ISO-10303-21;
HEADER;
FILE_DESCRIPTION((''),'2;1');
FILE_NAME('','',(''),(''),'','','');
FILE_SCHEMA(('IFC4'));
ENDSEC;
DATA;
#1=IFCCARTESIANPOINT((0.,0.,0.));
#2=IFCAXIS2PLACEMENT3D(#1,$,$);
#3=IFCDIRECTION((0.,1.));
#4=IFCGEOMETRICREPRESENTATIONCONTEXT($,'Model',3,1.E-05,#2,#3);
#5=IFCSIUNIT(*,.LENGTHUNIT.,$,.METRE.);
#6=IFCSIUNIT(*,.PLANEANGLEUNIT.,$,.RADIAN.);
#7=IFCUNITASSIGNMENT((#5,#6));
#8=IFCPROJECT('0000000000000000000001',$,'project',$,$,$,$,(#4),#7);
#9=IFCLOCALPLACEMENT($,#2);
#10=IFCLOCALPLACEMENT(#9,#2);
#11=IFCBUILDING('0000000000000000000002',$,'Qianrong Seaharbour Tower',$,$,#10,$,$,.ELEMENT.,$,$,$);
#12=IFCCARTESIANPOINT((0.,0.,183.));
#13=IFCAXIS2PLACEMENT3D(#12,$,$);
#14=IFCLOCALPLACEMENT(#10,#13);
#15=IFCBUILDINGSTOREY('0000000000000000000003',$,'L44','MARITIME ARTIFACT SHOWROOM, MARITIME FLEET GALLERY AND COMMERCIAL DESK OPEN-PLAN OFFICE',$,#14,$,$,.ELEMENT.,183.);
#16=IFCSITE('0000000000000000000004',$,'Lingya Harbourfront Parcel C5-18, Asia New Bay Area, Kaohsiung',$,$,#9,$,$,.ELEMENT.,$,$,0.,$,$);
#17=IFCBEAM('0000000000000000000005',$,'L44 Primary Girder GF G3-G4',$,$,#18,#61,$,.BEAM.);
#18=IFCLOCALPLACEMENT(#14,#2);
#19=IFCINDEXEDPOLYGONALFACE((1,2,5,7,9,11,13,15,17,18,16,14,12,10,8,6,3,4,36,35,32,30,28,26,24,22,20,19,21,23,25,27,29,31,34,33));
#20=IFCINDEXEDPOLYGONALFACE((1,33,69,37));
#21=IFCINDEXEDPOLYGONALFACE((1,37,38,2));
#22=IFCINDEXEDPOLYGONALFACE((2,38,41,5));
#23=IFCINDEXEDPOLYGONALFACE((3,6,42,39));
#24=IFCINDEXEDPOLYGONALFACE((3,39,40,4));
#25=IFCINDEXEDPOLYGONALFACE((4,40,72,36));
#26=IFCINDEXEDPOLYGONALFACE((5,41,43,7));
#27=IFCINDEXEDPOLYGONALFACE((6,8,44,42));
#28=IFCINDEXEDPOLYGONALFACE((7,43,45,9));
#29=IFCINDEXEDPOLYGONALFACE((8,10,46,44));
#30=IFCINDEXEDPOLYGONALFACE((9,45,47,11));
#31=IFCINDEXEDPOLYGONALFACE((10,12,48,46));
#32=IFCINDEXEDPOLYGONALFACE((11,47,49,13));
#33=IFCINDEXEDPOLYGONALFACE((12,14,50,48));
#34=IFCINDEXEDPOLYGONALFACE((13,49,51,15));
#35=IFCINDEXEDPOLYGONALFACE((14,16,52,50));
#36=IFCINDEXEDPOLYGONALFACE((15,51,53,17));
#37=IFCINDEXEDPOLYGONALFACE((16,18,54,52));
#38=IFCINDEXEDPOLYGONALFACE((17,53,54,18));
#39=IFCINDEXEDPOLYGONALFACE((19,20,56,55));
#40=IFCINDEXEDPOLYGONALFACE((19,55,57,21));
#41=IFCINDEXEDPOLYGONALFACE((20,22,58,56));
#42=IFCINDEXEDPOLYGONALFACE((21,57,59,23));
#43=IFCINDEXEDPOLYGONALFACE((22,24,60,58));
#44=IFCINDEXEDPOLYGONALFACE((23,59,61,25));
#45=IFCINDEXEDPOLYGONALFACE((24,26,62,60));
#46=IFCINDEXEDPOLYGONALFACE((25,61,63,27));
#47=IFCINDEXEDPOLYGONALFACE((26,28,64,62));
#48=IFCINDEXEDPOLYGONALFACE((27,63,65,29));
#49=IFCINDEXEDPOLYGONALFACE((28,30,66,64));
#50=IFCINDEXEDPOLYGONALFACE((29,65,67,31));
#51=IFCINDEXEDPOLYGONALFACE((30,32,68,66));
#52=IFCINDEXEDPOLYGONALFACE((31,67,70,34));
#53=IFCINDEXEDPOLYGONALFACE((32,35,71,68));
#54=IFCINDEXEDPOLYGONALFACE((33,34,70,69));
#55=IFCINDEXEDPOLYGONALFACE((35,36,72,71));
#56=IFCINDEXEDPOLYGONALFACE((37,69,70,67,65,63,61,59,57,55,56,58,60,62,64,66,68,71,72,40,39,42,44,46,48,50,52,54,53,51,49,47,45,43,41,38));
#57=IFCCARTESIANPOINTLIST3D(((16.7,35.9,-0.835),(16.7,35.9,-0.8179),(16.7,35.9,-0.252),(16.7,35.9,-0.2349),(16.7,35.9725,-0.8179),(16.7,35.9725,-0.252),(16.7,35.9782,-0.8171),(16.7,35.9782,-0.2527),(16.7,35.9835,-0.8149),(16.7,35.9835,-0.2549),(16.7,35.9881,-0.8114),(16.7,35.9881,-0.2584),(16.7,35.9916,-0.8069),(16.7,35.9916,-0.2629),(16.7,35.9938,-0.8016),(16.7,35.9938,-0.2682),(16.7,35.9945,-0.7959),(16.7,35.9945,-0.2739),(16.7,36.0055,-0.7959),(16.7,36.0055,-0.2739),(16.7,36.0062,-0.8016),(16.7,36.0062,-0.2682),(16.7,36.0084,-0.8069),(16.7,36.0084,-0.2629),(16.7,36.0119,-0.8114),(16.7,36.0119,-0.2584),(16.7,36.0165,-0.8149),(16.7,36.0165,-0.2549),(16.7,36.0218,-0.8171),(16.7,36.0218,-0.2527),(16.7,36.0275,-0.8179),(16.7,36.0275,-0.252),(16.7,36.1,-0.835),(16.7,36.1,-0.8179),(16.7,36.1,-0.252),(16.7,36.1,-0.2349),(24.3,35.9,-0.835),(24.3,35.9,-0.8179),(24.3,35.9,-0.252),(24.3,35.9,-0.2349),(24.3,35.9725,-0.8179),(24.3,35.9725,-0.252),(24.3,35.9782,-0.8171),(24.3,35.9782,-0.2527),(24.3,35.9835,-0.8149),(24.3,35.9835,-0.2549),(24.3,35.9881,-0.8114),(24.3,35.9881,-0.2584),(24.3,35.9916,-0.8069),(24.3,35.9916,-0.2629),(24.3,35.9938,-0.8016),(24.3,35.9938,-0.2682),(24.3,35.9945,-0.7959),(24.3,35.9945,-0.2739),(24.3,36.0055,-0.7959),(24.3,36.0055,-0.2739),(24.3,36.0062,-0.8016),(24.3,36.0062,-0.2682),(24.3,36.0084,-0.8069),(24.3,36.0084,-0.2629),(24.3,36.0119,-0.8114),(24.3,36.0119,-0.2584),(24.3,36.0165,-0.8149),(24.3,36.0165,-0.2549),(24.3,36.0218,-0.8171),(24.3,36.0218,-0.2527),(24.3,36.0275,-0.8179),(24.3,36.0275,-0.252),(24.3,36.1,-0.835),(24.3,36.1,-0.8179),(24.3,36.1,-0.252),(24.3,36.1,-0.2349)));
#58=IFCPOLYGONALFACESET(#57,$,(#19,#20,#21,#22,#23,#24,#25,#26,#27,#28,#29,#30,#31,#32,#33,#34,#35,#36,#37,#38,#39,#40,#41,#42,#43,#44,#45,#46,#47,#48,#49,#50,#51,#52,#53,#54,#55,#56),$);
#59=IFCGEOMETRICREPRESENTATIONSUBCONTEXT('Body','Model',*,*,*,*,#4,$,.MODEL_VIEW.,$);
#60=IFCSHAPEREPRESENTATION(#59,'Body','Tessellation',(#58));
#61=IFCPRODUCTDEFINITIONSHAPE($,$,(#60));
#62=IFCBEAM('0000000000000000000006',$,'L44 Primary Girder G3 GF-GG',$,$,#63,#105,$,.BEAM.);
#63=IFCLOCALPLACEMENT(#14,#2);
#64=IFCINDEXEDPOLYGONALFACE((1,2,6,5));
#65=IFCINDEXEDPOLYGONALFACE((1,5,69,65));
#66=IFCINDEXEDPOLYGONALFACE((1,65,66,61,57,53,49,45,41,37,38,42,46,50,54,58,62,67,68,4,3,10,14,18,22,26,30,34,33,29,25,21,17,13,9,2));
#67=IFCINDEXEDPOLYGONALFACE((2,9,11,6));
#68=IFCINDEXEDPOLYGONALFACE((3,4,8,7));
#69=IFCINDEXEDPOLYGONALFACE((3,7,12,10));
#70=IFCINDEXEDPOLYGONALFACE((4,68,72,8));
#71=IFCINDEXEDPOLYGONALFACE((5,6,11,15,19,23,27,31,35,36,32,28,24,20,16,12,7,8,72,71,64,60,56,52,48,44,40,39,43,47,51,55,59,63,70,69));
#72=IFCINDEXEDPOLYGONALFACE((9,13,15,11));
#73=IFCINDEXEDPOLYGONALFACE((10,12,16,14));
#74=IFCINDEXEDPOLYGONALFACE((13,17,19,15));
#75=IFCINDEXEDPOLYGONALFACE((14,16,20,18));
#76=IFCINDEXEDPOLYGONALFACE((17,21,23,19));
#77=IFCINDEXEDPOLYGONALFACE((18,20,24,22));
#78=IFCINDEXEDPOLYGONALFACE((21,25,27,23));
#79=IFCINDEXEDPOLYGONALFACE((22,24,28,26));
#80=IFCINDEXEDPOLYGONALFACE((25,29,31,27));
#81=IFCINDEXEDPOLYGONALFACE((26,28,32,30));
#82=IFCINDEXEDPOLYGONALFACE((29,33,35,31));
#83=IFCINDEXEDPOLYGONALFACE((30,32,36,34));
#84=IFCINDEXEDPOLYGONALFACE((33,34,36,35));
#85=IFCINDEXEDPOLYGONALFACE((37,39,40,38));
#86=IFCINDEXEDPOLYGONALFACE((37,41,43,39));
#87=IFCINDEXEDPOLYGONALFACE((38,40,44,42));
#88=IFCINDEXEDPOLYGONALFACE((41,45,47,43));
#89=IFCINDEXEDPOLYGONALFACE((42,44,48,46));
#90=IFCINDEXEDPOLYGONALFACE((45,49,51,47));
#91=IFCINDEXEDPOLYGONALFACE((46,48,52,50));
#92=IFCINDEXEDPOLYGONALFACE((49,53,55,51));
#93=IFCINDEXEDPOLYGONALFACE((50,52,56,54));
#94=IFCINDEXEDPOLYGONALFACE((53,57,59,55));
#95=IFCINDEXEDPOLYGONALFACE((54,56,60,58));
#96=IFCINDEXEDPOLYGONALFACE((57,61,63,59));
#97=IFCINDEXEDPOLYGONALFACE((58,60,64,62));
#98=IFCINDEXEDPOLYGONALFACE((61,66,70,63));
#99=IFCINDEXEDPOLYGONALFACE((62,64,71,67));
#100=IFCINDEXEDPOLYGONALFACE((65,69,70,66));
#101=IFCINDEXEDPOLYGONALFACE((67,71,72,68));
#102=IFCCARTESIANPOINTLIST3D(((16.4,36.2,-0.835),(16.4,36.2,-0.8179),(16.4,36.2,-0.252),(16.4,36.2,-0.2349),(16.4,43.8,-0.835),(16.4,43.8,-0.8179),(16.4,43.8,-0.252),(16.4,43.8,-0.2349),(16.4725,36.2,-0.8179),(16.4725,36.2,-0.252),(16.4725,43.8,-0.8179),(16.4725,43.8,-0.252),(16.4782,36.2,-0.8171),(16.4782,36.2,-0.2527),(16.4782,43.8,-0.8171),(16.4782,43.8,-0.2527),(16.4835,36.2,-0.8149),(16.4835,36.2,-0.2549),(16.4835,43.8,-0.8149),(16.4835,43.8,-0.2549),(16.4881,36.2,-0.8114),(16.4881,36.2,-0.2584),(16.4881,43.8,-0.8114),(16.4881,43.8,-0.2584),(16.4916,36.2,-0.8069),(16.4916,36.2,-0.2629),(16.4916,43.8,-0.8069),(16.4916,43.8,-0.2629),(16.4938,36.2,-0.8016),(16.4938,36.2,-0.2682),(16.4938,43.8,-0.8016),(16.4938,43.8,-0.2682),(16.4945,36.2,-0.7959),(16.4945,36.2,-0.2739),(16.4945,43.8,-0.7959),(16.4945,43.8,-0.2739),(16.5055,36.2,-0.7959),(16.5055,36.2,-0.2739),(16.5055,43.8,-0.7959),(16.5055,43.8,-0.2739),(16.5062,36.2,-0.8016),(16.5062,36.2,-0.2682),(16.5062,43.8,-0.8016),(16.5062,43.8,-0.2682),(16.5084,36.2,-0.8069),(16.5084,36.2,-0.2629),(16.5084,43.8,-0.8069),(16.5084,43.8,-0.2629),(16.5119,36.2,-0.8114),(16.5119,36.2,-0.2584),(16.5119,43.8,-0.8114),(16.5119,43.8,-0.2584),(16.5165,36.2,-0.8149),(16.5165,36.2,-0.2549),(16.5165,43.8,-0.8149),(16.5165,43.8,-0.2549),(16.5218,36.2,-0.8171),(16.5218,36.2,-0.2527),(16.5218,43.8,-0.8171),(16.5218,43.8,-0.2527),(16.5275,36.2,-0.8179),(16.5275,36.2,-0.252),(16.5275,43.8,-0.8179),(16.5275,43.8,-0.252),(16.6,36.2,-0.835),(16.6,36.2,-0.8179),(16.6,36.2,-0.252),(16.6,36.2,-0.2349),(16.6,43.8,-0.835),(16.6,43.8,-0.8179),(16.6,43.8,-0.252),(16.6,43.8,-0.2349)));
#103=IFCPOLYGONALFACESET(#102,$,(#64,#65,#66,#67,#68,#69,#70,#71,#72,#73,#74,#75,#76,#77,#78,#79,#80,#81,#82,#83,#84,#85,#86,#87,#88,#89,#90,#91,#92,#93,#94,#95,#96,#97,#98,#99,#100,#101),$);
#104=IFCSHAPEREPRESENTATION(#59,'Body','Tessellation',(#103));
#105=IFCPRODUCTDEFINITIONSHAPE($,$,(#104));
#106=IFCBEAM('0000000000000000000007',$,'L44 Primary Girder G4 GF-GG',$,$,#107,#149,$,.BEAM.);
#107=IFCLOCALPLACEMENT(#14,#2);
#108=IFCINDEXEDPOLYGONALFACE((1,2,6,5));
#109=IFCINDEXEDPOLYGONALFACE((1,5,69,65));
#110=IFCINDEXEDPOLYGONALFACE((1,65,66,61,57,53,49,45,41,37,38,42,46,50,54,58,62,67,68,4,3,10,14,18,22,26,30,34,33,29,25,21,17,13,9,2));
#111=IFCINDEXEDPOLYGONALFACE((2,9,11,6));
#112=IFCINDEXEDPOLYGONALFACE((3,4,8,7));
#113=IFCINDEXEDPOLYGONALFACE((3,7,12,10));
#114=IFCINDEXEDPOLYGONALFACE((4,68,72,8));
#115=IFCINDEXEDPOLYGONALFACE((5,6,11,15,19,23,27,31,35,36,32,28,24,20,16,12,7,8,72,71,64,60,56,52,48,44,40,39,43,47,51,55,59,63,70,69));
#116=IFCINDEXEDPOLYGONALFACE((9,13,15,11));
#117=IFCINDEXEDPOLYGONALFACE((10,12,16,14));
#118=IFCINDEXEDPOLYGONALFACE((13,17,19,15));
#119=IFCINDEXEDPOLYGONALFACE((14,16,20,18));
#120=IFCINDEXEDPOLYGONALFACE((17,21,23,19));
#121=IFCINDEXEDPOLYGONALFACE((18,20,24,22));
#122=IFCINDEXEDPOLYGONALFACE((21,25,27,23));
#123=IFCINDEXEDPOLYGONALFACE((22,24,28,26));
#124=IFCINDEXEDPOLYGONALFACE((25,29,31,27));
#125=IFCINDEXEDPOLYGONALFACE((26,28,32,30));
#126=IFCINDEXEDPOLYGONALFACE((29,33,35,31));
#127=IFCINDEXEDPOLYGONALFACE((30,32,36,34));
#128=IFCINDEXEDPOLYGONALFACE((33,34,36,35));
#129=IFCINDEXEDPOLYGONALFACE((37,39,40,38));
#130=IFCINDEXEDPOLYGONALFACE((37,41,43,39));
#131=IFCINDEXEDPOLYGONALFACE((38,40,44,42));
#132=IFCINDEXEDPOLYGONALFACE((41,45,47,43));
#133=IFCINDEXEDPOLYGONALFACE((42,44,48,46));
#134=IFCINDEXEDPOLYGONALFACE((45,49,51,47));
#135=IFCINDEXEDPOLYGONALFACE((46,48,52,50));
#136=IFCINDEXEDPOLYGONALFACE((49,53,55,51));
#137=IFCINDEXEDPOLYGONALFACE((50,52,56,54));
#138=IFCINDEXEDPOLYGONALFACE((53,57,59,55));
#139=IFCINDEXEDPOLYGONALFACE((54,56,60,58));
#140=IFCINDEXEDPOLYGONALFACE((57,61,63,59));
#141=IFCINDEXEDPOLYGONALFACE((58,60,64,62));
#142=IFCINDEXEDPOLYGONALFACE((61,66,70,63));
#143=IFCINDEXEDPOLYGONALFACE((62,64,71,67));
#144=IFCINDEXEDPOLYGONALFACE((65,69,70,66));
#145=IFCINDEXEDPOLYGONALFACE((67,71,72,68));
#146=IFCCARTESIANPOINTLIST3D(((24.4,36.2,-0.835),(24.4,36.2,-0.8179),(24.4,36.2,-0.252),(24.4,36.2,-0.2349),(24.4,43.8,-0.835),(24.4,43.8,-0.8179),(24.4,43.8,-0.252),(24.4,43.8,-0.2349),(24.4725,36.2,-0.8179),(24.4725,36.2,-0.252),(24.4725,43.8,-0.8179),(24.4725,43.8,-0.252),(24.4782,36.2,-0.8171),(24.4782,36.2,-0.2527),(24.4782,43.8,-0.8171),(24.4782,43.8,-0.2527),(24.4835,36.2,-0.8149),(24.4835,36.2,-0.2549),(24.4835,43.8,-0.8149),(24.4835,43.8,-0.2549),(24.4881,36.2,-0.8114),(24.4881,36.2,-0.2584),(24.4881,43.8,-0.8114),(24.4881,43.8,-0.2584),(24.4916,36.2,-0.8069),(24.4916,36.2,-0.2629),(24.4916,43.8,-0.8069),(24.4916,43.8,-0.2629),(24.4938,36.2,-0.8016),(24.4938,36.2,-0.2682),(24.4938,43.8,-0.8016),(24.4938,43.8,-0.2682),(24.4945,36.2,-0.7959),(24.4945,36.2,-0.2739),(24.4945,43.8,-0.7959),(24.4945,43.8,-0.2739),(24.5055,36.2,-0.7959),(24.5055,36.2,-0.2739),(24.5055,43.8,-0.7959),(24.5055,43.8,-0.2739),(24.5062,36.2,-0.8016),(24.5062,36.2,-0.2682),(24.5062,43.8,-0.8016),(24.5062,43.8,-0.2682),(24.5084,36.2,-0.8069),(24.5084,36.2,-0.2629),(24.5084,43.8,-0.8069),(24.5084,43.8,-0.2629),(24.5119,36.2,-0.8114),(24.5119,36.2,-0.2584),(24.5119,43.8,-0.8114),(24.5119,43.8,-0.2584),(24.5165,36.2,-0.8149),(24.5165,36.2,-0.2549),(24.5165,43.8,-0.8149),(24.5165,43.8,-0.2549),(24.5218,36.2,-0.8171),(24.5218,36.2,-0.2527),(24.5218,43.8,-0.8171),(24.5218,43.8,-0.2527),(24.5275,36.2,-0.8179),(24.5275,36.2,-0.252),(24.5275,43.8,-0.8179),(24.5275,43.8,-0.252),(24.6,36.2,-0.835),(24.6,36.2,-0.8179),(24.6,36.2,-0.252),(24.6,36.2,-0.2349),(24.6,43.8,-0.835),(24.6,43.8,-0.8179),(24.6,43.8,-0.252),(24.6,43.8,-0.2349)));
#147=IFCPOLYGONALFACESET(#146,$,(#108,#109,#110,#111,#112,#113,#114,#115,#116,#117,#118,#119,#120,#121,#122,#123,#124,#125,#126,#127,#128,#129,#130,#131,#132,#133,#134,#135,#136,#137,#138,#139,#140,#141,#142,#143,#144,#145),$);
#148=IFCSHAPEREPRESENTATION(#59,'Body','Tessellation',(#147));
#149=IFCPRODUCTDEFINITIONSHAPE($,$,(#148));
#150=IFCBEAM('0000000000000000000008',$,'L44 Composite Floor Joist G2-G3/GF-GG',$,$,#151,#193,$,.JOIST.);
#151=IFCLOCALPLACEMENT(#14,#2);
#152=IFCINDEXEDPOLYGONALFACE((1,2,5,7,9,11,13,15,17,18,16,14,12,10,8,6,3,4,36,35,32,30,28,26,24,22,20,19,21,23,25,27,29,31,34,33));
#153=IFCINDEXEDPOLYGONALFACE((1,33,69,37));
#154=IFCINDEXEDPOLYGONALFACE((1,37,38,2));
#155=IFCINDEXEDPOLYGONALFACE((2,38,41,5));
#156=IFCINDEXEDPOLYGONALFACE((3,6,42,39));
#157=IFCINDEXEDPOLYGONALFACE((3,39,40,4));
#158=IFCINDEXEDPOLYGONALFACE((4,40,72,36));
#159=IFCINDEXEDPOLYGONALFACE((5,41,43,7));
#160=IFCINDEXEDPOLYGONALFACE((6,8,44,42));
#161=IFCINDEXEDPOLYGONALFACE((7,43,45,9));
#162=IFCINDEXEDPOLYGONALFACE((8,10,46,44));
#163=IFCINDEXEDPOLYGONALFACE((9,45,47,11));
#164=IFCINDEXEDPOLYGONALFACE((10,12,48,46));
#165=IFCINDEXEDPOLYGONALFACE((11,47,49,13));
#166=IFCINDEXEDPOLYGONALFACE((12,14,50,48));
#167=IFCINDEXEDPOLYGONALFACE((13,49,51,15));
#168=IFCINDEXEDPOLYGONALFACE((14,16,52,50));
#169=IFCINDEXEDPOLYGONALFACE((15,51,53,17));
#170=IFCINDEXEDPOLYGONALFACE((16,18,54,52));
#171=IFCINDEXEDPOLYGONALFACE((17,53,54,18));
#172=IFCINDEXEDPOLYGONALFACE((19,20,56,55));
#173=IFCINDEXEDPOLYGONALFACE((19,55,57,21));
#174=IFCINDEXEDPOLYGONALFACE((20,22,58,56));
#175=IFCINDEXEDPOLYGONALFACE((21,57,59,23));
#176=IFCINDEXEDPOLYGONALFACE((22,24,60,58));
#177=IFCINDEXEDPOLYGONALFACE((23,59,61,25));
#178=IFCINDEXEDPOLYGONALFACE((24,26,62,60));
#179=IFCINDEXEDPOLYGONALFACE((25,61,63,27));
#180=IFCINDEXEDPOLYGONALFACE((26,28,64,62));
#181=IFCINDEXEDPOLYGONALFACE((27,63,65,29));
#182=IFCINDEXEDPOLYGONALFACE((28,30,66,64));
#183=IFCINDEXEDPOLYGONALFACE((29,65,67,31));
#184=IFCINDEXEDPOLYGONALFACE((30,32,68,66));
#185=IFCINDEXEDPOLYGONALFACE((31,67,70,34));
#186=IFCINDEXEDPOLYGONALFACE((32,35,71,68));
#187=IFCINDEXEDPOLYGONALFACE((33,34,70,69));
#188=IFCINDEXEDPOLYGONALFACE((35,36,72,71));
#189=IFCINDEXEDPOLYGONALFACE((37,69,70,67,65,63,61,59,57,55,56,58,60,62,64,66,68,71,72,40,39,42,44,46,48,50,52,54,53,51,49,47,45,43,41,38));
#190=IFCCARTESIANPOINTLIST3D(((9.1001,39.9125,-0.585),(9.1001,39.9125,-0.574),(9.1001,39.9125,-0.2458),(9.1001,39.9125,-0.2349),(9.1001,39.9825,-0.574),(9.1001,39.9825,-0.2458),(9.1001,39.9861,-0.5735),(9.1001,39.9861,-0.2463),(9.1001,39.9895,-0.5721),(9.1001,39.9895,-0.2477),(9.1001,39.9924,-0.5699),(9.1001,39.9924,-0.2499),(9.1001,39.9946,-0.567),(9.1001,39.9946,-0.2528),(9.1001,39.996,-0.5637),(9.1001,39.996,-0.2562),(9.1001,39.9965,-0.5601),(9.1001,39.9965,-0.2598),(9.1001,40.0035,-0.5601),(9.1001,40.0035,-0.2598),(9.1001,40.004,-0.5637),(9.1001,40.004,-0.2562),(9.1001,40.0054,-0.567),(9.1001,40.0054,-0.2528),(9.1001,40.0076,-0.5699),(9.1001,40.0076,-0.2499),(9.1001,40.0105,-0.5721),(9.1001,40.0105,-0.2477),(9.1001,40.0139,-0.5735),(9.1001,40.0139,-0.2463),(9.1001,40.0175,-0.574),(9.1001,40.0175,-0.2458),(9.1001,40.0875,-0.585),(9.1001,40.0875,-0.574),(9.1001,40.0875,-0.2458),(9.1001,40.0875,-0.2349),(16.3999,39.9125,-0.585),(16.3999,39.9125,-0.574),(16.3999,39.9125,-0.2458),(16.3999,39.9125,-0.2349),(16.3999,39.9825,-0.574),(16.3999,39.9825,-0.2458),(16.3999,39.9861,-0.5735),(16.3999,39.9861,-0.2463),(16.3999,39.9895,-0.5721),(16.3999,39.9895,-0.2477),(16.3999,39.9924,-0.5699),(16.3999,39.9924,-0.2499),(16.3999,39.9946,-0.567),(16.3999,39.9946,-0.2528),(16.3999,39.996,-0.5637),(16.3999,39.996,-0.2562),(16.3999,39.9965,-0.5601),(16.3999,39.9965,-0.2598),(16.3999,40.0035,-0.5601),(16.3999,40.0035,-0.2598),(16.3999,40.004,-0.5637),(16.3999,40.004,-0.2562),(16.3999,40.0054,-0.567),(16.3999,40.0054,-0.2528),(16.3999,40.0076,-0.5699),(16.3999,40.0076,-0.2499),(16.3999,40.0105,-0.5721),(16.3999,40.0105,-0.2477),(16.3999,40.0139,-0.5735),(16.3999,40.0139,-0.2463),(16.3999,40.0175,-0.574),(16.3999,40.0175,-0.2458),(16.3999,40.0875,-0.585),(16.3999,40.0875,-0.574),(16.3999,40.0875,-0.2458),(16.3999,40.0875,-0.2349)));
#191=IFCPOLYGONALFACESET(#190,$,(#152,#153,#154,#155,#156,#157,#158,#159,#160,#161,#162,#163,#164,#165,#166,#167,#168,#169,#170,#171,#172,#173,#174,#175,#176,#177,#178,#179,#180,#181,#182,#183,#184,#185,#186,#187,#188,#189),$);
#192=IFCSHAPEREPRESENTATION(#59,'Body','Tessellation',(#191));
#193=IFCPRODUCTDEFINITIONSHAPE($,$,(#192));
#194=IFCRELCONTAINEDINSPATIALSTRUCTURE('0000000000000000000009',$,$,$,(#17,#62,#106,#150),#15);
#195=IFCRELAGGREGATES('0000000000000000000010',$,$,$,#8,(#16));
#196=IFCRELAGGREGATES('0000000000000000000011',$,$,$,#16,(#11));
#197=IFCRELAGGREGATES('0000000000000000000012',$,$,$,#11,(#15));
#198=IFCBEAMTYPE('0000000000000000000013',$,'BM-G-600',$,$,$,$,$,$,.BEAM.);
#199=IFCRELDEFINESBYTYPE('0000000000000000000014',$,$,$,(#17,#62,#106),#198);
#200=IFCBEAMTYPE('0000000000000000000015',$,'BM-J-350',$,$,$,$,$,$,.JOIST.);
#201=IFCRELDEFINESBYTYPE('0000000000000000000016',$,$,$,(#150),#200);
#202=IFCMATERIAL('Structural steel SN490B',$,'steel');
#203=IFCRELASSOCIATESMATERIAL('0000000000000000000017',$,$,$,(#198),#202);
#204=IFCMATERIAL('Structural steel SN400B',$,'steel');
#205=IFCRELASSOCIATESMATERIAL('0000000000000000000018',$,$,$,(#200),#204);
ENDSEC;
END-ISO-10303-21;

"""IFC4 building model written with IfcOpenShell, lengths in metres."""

from ifc_helpers import new_model, si_unit, direction, frame, origin, origin_2d, place, context, subcontext, project, spatial, i_section, extrude, material, material_profile, profile_set, type_object, element, save


model = new_model("IFC4")

# Units and contexts
model_context = context("Model", 3, precision=1e-05, world=origin(), true_north=direction((0.0, 1.0)))
body_context = subcontext(model_context, "Body", "Model", "MODEL_VIEW")
ifc_project = project(units=[si_unit("LENGTHUNIT", "METRE"), si_unit("PLANEANGLEUNIT", "RADIAN")], contexts=[model_context])

# Site, building, storey
site_placement = place(None, origin())
site = spatial("IfcSite", under=ifc_project, at=site_placement, Name="Lingya Harbourfront Parcel C5-18, Asia New Bay Area, Kaohsiung", CompositionType="ELEMENT", RefElevation=0.0)
building_placement = place(site_placement, origin())
building = spatial("IfcBuilding", under=site, at=building_placement, Name="Qianrong Seaharbour Tower", CompositionType="ELEMENT")
storey_placement = place(building_placement, frame((0.0, 0.0, 183.0)))
storey = spatial("IfcBuildingStorey", under=building, at=storey_placement, Name="L44", Description="MARITIME ARTIFACT SHOWROOM, MARITIME FLEET GALLERY AND COMMERCIAL DESK OPEN-PLAN OFFICE", CompositionType="ELEMENT", Elevation=183.0)

# Shared definitions
ifc_material_1 = material(Name="Structural steel SN490B", Category="steel")

# Beams
ifc_material_profile_1 = material_profile(ifc_material_1, i_section(OverallWidth=0.2, OverallDepth=0.6001, WebThickness=0.011, FlangeThickness=0.0171, FilletRadius=0.022, at=origin_2d()), Name="H600x200x11x17")
ifc_profile_set_1 = profile_set([ifc_material_profile_1], Name="Structural steel SN490B")
beam_type_1 = type_object("IfcBeamType", Name="BM-G-600", PredefinedType="BEAM", material=ifc_profile_set_1)
for number, where, z_axis, x_axis, name in (
    (1, (16.7, 36.0, -0.5349), (1.0, 0.0, 0.0), (0.0, 1.0, 0.0), "L44 Primary Girder GF G3-G4"),
    (2, (16.5, 36.2, -0.5349), (0.0, 1.0, 0.0), (-1.0, 0.0, 0.0), "L44 Primary Girder G3 GF-GG"),
    (3, (24.5, 36.2, -0.5349), (0.0, 1.0, 0.0), (-1.0, 0.0, 0.0), "L44 Primary Girder G4 GF-GG"),
):
    element("IfcBeam", number, at=place(storey_placement, frame(where, z_axis=z_axis, x_axis=x_axis)), inside=storey, type_object=beam_type_1, Name=name, PredefinedType="BEAM", context=body_context, shape_type="SweptSolid", body=[
        extrude(i_section(OverallWidth=0.2, OverallDepth=0.6001, WebThickness=0.011, FlangeThickness=0.0171, FilletRadius=0.022, at=origin_2d()), origin(), (0.0, 0.0, 1.0), 7.6001),
    ])
ifc_material_2 = material(Name="Structural steel SN400B", Category="steel")
ifc_material_profile_2 = material_profile(ifc_material_2, i_section(OverallWidth=0.175, OverallDepth=0.3501, WebThickness=0.0071, FlangeThickness=0.011, FilletRadius=0.0139, at=origin_2d()), Name="H350x175x7x11")
ifc_profile_set_2 = profile_set([ifc_material_profile_2], Name="Structural steel SN400B")
beam_type_2 = type_object("IfcBeamType", Name="BM-J-350", PredefinedType="JOIST", material=ifc_profile_set_2)
beam_1_placement = place(storey_placement, frame((9.1001, 40.0, -0.4099), z_axis=(1.0, 0.0, 0.0), x_axis=(0.0, 1.0, 0.0)))
element("IfcBeam", 4, at=beam_1_placement, inside=storey, type_object=beam_type_2, Name="L44 Composite Floor Joist G2-G3/GF-GG", PredefinedType="JOIST", context=body_context, shape_type="SweptSolid", body=[
    extrude(i_section(OverallWidth=0.175, OverallDepth=0.3501, WebThickness=0.0071, FlangeThickness=0.011, FilletRadius=0.0139, at=origin_2d()), origin(), (0.0, 0.0, 1.0), 7.2998),
])

save(model, "model.ifc")
